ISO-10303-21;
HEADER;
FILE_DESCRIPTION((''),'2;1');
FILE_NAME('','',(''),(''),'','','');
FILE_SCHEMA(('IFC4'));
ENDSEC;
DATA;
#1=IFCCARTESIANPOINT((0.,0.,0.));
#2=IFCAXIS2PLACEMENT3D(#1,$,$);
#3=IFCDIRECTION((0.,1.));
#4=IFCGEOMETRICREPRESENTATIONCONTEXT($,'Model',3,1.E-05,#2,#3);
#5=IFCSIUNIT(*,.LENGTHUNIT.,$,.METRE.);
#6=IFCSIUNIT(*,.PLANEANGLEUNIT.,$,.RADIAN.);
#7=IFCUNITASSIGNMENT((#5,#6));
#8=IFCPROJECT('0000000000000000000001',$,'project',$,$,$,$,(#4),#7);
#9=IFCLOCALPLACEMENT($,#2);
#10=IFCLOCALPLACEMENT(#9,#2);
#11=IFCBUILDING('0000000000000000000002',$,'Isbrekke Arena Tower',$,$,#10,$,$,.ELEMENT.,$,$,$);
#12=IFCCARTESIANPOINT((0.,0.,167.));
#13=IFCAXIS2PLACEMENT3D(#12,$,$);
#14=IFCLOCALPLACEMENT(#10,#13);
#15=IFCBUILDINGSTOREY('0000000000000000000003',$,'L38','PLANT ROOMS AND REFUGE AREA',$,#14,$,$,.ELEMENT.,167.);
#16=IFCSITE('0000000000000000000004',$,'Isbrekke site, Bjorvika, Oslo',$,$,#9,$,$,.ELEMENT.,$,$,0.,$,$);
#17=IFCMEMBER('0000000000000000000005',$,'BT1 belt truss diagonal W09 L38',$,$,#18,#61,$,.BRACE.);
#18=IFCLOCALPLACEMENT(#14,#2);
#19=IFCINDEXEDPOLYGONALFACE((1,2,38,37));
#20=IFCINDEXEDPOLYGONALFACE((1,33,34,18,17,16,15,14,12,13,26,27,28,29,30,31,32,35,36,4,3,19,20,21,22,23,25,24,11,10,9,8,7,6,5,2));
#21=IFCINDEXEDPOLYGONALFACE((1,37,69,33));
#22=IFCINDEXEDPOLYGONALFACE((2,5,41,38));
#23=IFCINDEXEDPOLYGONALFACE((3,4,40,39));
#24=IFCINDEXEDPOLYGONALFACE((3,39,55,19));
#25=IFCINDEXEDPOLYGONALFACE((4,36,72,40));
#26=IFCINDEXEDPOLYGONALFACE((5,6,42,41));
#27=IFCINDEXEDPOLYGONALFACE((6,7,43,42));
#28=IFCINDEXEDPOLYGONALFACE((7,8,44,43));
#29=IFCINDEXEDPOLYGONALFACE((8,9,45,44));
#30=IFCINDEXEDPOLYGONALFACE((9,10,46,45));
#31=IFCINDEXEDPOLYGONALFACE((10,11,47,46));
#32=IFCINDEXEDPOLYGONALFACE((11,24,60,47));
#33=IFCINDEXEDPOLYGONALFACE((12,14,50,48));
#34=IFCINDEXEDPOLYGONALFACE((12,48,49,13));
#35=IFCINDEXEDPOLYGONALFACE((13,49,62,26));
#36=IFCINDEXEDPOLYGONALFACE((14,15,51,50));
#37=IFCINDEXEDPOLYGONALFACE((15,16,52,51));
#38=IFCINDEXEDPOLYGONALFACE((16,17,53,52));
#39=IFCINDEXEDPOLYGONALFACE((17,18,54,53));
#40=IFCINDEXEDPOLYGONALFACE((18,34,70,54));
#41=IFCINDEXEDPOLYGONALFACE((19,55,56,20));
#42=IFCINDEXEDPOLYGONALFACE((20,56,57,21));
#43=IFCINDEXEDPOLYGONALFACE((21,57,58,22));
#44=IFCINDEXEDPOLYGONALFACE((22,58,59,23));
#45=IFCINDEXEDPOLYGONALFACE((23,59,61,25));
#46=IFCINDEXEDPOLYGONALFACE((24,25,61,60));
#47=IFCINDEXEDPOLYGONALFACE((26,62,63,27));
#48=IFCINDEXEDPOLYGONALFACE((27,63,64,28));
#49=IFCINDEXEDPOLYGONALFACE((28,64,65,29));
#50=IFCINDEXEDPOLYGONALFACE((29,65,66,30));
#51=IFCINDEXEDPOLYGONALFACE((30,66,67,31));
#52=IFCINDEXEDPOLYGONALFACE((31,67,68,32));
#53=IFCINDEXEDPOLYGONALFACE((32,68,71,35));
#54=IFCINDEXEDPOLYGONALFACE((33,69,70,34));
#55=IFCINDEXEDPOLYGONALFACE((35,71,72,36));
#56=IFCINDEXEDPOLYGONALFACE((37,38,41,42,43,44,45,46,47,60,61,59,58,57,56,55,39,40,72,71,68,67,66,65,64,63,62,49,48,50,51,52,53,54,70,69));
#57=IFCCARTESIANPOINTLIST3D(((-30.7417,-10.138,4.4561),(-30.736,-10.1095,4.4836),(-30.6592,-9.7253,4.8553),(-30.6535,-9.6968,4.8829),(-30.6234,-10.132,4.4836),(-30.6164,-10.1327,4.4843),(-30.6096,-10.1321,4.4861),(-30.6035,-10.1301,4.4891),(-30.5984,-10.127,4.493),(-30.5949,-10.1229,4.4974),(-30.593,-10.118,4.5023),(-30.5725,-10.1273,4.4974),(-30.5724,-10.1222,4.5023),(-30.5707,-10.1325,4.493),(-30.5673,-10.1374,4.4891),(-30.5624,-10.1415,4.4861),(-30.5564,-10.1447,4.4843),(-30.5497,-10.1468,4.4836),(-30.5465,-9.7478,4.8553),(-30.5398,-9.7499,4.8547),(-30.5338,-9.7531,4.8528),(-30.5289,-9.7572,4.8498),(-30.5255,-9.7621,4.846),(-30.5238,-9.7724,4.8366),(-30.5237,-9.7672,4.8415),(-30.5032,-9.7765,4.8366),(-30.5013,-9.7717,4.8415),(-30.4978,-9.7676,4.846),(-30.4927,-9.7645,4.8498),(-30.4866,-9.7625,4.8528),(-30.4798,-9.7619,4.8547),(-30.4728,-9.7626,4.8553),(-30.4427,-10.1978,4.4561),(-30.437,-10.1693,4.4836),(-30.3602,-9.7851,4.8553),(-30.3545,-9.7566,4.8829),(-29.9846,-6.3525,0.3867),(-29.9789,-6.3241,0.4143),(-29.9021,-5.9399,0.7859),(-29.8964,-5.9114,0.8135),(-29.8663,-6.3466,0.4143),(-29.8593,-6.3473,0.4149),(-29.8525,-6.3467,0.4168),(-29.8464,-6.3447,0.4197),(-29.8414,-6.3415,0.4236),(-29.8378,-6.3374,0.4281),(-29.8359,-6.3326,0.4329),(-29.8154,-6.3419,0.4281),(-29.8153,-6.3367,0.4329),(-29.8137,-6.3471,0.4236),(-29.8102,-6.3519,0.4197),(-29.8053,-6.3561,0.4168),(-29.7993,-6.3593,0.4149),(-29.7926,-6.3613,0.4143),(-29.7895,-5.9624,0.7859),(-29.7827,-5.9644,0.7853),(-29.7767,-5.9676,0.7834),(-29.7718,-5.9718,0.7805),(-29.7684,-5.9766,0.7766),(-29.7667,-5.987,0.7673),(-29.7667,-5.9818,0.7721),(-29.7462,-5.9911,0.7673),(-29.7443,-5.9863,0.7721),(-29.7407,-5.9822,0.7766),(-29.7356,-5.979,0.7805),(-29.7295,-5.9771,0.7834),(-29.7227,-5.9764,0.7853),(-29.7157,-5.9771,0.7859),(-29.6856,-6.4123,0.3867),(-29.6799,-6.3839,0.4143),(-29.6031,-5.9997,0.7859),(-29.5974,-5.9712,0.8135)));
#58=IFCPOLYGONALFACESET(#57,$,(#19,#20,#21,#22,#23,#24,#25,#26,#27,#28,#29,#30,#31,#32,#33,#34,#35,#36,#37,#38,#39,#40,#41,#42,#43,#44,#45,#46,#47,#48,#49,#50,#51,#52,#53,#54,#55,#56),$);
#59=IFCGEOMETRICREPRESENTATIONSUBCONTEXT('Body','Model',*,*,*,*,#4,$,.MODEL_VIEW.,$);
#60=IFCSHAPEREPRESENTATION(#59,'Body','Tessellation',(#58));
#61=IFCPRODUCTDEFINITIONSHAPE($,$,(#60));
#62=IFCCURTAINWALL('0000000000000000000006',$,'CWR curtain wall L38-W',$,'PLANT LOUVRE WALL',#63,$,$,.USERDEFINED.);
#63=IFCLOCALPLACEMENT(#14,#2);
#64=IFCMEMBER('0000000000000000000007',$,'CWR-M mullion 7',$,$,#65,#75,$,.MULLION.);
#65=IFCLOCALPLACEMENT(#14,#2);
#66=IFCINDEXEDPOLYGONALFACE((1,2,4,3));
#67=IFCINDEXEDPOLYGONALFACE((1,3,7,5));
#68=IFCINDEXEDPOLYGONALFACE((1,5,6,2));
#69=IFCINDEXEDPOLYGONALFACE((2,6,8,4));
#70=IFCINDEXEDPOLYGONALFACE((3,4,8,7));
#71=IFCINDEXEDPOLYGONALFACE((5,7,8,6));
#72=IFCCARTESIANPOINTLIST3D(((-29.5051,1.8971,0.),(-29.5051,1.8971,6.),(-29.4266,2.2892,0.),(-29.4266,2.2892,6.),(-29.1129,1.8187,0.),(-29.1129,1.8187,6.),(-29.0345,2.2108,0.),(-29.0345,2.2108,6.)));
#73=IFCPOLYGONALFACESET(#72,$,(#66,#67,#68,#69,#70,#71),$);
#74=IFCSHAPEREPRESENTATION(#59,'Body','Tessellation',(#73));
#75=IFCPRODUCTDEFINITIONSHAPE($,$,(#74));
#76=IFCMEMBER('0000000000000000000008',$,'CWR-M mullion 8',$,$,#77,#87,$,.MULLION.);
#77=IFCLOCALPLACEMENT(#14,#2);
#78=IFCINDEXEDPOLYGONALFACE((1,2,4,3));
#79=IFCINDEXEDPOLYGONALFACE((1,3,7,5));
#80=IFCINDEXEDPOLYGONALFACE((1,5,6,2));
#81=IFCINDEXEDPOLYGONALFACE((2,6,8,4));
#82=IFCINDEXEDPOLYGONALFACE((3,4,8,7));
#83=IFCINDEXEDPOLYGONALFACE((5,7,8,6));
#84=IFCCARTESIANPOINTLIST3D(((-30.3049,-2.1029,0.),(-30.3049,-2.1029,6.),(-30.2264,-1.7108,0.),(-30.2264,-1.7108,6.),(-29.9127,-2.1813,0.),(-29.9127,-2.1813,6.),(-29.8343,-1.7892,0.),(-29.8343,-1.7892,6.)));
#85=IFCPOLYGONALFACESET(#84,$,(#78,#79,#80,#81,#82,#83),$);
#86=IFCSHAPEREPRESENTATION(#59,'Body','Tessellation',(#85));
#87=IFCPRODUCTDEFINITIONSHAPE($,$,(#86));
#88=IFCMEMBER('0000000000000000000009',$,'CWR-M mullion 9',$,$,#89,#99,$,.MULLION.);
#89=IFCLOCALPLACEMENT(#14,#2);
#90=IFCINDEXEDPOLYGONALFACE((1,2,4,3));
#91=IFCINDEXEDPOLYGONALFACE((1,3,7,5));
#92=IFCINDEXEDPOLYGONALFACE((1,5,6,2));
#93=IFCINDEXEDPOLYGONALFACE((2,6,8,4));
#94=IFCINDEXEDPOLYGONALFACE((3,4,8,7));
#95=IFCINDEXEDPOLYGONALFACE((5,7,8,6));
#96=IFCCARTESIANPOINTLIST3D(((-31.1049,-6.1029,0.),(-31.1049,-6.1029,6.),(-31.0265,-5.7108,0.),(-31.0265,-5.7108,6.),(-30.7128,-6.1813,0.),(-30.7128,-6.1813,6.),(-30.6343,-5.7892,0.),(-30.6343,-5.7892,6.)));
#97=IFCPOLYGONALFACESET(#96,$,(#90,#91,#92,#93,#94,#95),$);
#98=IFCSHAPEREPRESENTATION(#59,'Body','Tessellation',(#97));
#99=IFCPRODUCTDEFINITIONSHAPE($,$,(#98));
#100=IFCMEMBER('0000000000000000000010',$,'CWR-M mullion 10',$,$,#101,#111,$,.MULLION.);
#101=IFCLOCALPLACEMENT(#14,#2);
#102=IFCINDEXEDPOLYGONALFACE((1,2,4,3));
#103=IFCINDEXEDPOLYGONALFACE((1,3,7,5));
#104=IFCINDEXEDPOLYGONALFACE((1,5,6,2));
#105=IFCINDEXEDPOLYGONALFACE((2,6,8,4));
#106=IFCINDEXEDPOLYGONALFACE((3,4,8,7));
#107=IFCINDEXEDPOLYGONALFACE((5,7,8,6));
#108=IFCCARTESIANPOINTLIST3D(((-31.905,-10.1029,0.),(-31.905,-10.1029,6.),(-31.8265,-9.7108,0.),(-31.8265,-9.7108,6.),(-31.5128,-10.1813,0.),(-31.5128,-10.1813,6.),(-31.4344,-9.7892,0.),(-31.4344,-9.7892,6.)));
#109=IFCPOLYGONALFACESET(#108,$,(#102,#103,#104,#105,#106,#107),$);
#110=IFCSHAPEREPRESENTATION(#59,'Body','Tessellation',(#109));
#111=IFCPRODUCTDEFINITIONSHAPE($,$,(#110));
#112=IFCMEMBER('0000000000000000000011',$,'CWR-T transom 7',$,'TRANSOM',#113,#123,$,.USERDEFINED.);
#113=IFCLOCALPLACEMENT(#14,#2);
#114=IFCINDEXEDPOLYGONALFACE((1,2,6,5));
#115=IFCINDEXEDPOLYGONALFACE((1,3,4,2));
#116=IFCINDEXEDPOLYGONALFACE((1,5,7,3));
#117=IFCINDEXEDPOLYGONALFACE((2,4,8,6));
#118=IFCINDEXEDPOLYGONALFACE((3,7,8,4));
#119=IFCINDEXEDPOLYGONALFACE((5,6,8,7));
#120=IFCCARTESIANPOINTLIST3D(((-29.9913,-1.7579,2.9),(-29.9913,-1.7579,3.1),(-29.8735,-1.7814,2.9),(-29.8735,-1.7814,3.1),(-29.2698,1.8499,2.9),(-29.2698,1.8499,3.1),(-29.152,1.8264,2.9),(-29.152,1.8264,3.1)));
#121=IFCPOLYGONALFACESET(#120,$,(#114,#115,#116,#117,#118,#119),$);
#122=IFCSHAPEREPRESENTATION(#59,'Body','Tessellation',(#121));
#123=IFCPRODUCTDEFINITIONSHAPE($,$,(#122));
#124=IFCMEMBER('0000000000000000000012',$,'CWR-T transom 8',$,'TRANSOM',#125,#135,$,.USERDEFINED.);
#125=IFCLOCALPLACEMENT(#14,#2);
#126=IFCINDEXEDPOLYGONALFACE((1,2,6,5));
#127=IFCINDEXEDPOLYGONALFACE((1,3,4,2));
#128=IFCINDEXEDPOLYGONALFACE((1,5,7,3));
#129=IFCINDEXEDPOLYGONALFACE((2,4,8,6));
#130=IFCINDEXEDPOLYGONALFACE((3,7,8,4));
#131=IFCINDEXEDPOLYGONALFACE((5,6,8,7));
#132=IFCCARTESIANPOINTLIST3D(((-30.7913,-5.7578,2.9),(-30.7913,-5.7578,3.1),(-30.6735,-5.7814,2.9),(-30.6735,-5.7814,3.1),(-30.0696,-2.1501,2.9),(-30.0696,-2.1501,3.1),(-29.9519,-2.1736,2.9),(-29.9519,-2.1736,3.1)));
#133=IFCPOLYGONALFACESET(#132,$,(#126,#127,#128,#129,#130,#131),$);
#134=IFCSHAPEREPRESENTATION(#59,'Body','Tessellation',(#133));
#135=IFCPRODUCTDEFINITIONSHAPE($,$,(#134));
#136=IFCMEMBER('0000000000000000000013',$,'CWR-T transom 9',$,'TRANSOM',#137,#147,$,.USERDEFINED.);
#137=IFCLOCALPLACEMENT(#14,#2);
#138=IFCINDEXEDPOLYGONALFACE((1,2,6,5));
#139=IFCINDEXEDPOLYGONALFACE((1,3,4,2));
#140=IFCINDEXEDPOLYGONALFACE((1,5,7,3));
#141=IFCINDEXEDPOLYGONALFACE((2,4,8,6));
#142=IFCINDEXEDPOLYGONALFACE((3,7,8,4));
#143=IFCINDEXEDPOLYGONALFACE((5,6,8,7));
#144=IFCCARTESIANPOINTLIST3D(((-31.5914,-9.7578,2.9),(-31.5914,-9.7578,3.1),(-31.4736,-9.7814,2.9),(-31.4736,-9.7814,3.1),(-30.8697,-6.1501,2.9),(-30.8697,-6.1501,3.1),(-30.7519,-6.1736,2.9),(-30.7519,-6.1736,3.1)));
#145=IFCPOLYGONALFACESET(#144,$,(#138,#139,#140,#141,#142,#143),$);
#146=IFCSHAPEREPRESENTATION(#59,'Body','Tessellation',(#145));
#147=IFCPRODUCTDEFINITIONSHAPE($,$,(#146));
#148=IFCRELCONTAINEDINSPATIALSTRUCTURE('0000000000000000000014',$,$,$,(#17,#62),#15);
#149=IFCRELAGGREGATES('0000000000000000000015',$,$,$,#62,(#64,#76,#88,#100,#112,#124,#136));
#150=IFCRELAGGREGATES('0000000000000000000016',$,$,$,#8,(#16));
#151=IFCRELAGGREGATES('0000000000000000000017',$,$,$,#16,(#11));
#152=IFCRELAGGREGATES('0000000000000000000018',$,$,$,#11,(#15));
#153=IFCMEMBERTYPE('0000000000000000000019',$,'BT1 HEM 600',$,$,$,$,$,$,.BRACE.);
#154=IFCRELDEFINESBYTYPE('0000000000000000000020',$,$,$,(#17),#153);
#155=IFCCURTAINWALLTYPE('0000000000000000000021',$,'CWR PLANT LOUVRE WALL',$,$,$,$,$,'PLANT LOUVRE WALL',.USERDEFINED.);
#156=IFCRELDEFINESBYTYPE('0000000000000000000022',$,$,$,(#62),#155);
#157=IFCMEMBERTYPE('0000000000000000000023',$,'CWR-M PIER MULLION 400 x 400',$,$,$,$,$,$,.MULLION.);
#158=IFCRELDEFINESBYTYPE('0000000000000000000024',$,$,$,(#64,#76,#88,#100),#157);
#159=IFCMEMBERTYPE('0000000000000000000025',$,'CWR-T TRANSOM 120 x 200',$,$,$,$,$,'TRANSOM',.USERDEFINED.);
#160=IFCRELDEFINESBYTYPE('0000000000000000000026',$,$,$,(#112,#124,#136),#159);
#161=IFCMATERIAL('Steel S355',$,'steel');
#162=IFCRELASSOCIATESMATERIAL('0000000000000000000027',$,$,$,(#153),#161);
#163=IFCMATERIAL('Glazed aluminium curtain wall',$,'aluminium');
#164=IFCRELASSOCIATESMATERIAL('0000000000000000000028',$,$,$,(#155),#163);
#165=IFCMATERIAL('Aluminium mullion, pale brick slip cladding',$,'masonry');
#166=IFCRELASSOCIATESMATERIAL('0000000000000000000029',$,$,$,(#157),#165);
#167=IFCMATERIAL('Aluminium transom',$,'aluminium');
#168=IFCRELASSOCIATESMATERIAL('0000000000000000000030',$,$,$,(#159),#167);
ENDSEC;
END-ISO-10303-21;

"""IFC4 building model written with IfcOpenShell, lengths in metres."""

from ifc_helpers import new_model, si_unit, direction, frame, origin, origin_2d, place, context, subcontext, project, spatial, rectangle, i_section, extrude, material, material_profile, profile_set, type_object, element, aggregate, save


model = new_model("IFC4")

# Units and contexts
model_context = context("Model", 3, precision=1e-05, world=origin(), true_north=direction((0.0, 1.0)))
body_context = subcontext(model_context, "Body", "Model", "MODEL_VIEW")
ifc_project = project(units=[si_unit("LENGTHUNIT", "METRE"), si_unit("PLANEANGLEUNIT", "RADIAN")], contexts=[model_context])

# Site, building, storey
site_placement = place(None, origin())
site = spatial("IfcSite", under=ifc_project, at=site_placement, Name="Isbrekke site, Bjorvika, Oslo", CompositionType="ELEMENT", RefElevation=0.0)
building_placement = place(site_placement, origin())
building = spatial("IfcBuilding", under=site, at=building_placement, Name="Isbrekke Arena Tower", CompositionType="ELEMENT")
storey_placement = place(building_placement, frame((0.0, 0.0, 167.0)))
storey = spatial("IfcBuildingStorey", under=building, at=storey_placement, Name="L38", Description="PLANT ROOMS AND REFUGE AREA", CompositionType="ELEMENT", Elevation=167.0)

# Member
ifc_material_1 = material(Name="Steel S355", Category="steel")
ifc_material_profile_1 = material_profile(ifc_material_1, i_section(OverallWidth=0.3049, OverallDepth=0.6201, WebThickness=0.021, FlangeThickness=0.04, FilletRadius=0.0271, at=origin_2d()), Name="HEM 600")
ifc_profile_set_1 = profile_set([ifc_material_profile_1], Name="Steel S355")
member_type_1 = type_object("IfcMemberType", Name="BT1 HEM 600", PredefinedType="BRACE", material=ifc_profile_set_1)
for number, where, z_axis, x_axis, name in (
    (1, (-29.791, -6.1619, 0.6001), (-0.134974, -0.674869, 0.725489), (0.980581, -0.196116, 0.0), "BT1 belt truss diagonal W09 L38"),
):
    element("IfcMember", number, at=place(storey_placement, frame(where, z_axis=z_axis, x_axis=x_axis)), inside=storey, type_object=member_type_1, Name=name, PredefinedType="BRACE", context=body_context, shape_type="SweptSolid", body=[
        extrude(i_section(OverallWidth=0.3049, OverallDepth=0.6201, WebThickness=0.021, FlangeThickness=0.04, FilletRadius=0.0271, at=origin_2d()), origin(), (0.0, 0.0, 1.0), 5.6091),
    ])

# Curtain wall, members
ifc_material_2 = material(Name="Glazed aluminium curtain wall", Category="aluminium")
curtain_wall_type = type_object("IfcCurtainWallType", Name="CWR PLANT LOUVRE WALL", ElementType="PLANT LOUVRE WALL", PredefinedType="USERDEFINED", material=ifc_material_2)
curtain_wall_placement = place(storey_placement, origin())
curtain_wall = element("IfcCurtainWall", 2, at=curtain_wall_placement, inside=storey, type_object=curtain_wall_type, Name="CWR curtain wall L38-W", ObjectType="PLANT LOUVRE WALL", PredefinedType="USERDEFINED")
ifc_material_3 = material(Name="Aluminium mullion, pale brick slip cladding", Category="masonry")
ifc_material_profile_2 = material_profile(ifc_material_3, rectangle(XDim=0.3999, YDim=0.3999, at=origin_2d()), Name="PIER 400X400")
ifc_profile_set_2 = profile_set([ifc_material_profile_2], Name="Aluminium mullion, pale brick slip cladding")
member_type_2 = type_object("IfcMemberType", Name="CWR-M PIER MULLION 400 x 400", PredefinedType="MULLION", material=ifc_profile_set_2)
member_1_placement = place(storey_placement, frame((-29.2698, 2.054, 0.0), z_axis=(0.0, 0.0, 1.0), x_axis=(-0.196116, -0.980581, 0.0)))
member_1 = element("IfcMember", 3, at=member_1_placement, type_object=member_type_2, Name="CWR-M mullion 7", PredefinedType="MULLION", context=body_context, shape_type="SweptSolid", body=[
    extrude(rectangle(XDim=0.3999, YDim=0.3999, at=origin_2d()), origin(), (0.0, 0.0, 1.0), 6.0),
])
member_2_placement = place(storey_placement, frame((-30.0696, -1.946, 0.0), z_axis=(0.0, 0.0, 1.0), x_axis=(-0.196116, -0.980581, 0.0)))
member_2 = element("IfcMember", 4, at=member_2_placement, type_object=member_type_2, Name="CWR-M mullion 8", PredefinedType="MULLION", context=body_context, shape_type="SweptSolid", body=[
    extrude(rectangle(XDim=0.3999, YDim=0.3999, at=origin_2d()), origin(), (0.0, 0.0, 1.0), 6.0),
])
member_3_placement = place(storey_placement, frame((-30.8696, -5.946, 0.0), z_axis=(0.0, 0.0, 1.0), x_axis=(-0.196116, -0.980581, 0.0)))
member_3 = element("IfcMember", 5, at=member_3_placement, type_object=member_type_2, Name="CWR-M mullion 9", PredefinedType="MULLION", context=body_context, shape_type="SweptSolid", body=[
    extrude(rectangle(XDim=0.3999, YDim=0.3999, at=origin_2d()), origin(), (0.0, 0.0, 1.0), 6.0),
])
member_4_placement = place(storey_placement, frame((-31.6697, -9.946, 0.0), z_axis=(0.0, 0.0, 1.0), x_axis=(-0.196116, -0.980581, 0.0)))
member_4 = element("IfcMember", 6, at=member_4_placement, type_object=member_type_2, Name="CWR-M mullion 10", PredefinedType="MULLION", context=body_context, shape_type="SweptSolid", body=[
    extrude(rectangle(XDim=0.3999, YDim=0.3999, at=origin_2d()), origin(), (0.0, 0.0, 1.0), 6.0),
])
ifc_material_4 = material(Name="Aluminium transom", Category="aluminium")
ifc_material_profile_3 = material_profile(ifc_material_4, rectangle(XDim=0.1201, YDim=0.2, at=origin_2d()), Name="TRANSOM 120X200")
ifc_profile_set_3 = profile_set([ifc_material_profile_3], Name="Aluminium transom")
member_type_3 = type_object("IfcMemberType", Name="CWR-T TRANSOM 120 x 200", ElementType="TRANSOM", PredefinedType="USERDEFINED", material=ifc_profile_set_3)
member_5_placement = place(storey_placement, frame((-29.2109, 1.8381, 3.0), z_axis=(-0.196091, -0.980586, 0.0), x_axis=(0.980586, -0.196091, 0.0)))
member_5 = element("IfcMember", 7, at=member_5_placement, type_object=member_type_3, Name="CWR-T transom 7", ObjectType="TRANSOM", PredefinedType="USERDEFINED", context=body_context, shape_type="SweptSolid", body=[
    extrude(rectangle(XDim=0.1201, YDim=0.2, at=origin_2d()), origin(), (0.0, 0.0, 1.0), 3.6792),
])
member_6_placement = place(storey_placement, frame((-30.0107, -2.1619, 3.0), z_axis=(-0.196154, -0.980573, 0.0), x_axis=(0.980573, -0.196154, 0.0)))
member_6 = element("IfcMember", 8, at=member_6_placement, type_object=member_type_3, Name="CWR-T transom 8", ObjectType="TRANSOM", PredefinedType="USERDEFINED", context=body_context, shape_type="SweptSolid", body=[
    extrude(rectangle(XDim=0.1201, YDim=0.2, at=origin_2d()), origin(), (0.0, 0.0, 1.0), 3.6792),
])
member_7_placement = place(storey_placement, frame((-30.8108, -6.1619, 3.0), z_axis=(-0.196154, -0.980573, 0.0), x_axis=(0.980573, -0.196154, 0.0)))
member_7 = element("IfcMember", 9, at=member_7_placement, type_object=member_type_3, Name="CWR-T transom 9", ObjectType="TRANSOM", PredefinedType="USERDEFINED", context=body_context, shape_type="SweptSolid", body=[
    extrude(rectangle(XDim=0.1201, YDim=0.2, at=origin_2d()), origin(), (0.0, 0.0, 1.0), 3.6792),
])

aggregate(curtain_wall, [member_1, member_2, member_3, member_4, member_5, member_6, member_7])

save(model, "model.ifc")
